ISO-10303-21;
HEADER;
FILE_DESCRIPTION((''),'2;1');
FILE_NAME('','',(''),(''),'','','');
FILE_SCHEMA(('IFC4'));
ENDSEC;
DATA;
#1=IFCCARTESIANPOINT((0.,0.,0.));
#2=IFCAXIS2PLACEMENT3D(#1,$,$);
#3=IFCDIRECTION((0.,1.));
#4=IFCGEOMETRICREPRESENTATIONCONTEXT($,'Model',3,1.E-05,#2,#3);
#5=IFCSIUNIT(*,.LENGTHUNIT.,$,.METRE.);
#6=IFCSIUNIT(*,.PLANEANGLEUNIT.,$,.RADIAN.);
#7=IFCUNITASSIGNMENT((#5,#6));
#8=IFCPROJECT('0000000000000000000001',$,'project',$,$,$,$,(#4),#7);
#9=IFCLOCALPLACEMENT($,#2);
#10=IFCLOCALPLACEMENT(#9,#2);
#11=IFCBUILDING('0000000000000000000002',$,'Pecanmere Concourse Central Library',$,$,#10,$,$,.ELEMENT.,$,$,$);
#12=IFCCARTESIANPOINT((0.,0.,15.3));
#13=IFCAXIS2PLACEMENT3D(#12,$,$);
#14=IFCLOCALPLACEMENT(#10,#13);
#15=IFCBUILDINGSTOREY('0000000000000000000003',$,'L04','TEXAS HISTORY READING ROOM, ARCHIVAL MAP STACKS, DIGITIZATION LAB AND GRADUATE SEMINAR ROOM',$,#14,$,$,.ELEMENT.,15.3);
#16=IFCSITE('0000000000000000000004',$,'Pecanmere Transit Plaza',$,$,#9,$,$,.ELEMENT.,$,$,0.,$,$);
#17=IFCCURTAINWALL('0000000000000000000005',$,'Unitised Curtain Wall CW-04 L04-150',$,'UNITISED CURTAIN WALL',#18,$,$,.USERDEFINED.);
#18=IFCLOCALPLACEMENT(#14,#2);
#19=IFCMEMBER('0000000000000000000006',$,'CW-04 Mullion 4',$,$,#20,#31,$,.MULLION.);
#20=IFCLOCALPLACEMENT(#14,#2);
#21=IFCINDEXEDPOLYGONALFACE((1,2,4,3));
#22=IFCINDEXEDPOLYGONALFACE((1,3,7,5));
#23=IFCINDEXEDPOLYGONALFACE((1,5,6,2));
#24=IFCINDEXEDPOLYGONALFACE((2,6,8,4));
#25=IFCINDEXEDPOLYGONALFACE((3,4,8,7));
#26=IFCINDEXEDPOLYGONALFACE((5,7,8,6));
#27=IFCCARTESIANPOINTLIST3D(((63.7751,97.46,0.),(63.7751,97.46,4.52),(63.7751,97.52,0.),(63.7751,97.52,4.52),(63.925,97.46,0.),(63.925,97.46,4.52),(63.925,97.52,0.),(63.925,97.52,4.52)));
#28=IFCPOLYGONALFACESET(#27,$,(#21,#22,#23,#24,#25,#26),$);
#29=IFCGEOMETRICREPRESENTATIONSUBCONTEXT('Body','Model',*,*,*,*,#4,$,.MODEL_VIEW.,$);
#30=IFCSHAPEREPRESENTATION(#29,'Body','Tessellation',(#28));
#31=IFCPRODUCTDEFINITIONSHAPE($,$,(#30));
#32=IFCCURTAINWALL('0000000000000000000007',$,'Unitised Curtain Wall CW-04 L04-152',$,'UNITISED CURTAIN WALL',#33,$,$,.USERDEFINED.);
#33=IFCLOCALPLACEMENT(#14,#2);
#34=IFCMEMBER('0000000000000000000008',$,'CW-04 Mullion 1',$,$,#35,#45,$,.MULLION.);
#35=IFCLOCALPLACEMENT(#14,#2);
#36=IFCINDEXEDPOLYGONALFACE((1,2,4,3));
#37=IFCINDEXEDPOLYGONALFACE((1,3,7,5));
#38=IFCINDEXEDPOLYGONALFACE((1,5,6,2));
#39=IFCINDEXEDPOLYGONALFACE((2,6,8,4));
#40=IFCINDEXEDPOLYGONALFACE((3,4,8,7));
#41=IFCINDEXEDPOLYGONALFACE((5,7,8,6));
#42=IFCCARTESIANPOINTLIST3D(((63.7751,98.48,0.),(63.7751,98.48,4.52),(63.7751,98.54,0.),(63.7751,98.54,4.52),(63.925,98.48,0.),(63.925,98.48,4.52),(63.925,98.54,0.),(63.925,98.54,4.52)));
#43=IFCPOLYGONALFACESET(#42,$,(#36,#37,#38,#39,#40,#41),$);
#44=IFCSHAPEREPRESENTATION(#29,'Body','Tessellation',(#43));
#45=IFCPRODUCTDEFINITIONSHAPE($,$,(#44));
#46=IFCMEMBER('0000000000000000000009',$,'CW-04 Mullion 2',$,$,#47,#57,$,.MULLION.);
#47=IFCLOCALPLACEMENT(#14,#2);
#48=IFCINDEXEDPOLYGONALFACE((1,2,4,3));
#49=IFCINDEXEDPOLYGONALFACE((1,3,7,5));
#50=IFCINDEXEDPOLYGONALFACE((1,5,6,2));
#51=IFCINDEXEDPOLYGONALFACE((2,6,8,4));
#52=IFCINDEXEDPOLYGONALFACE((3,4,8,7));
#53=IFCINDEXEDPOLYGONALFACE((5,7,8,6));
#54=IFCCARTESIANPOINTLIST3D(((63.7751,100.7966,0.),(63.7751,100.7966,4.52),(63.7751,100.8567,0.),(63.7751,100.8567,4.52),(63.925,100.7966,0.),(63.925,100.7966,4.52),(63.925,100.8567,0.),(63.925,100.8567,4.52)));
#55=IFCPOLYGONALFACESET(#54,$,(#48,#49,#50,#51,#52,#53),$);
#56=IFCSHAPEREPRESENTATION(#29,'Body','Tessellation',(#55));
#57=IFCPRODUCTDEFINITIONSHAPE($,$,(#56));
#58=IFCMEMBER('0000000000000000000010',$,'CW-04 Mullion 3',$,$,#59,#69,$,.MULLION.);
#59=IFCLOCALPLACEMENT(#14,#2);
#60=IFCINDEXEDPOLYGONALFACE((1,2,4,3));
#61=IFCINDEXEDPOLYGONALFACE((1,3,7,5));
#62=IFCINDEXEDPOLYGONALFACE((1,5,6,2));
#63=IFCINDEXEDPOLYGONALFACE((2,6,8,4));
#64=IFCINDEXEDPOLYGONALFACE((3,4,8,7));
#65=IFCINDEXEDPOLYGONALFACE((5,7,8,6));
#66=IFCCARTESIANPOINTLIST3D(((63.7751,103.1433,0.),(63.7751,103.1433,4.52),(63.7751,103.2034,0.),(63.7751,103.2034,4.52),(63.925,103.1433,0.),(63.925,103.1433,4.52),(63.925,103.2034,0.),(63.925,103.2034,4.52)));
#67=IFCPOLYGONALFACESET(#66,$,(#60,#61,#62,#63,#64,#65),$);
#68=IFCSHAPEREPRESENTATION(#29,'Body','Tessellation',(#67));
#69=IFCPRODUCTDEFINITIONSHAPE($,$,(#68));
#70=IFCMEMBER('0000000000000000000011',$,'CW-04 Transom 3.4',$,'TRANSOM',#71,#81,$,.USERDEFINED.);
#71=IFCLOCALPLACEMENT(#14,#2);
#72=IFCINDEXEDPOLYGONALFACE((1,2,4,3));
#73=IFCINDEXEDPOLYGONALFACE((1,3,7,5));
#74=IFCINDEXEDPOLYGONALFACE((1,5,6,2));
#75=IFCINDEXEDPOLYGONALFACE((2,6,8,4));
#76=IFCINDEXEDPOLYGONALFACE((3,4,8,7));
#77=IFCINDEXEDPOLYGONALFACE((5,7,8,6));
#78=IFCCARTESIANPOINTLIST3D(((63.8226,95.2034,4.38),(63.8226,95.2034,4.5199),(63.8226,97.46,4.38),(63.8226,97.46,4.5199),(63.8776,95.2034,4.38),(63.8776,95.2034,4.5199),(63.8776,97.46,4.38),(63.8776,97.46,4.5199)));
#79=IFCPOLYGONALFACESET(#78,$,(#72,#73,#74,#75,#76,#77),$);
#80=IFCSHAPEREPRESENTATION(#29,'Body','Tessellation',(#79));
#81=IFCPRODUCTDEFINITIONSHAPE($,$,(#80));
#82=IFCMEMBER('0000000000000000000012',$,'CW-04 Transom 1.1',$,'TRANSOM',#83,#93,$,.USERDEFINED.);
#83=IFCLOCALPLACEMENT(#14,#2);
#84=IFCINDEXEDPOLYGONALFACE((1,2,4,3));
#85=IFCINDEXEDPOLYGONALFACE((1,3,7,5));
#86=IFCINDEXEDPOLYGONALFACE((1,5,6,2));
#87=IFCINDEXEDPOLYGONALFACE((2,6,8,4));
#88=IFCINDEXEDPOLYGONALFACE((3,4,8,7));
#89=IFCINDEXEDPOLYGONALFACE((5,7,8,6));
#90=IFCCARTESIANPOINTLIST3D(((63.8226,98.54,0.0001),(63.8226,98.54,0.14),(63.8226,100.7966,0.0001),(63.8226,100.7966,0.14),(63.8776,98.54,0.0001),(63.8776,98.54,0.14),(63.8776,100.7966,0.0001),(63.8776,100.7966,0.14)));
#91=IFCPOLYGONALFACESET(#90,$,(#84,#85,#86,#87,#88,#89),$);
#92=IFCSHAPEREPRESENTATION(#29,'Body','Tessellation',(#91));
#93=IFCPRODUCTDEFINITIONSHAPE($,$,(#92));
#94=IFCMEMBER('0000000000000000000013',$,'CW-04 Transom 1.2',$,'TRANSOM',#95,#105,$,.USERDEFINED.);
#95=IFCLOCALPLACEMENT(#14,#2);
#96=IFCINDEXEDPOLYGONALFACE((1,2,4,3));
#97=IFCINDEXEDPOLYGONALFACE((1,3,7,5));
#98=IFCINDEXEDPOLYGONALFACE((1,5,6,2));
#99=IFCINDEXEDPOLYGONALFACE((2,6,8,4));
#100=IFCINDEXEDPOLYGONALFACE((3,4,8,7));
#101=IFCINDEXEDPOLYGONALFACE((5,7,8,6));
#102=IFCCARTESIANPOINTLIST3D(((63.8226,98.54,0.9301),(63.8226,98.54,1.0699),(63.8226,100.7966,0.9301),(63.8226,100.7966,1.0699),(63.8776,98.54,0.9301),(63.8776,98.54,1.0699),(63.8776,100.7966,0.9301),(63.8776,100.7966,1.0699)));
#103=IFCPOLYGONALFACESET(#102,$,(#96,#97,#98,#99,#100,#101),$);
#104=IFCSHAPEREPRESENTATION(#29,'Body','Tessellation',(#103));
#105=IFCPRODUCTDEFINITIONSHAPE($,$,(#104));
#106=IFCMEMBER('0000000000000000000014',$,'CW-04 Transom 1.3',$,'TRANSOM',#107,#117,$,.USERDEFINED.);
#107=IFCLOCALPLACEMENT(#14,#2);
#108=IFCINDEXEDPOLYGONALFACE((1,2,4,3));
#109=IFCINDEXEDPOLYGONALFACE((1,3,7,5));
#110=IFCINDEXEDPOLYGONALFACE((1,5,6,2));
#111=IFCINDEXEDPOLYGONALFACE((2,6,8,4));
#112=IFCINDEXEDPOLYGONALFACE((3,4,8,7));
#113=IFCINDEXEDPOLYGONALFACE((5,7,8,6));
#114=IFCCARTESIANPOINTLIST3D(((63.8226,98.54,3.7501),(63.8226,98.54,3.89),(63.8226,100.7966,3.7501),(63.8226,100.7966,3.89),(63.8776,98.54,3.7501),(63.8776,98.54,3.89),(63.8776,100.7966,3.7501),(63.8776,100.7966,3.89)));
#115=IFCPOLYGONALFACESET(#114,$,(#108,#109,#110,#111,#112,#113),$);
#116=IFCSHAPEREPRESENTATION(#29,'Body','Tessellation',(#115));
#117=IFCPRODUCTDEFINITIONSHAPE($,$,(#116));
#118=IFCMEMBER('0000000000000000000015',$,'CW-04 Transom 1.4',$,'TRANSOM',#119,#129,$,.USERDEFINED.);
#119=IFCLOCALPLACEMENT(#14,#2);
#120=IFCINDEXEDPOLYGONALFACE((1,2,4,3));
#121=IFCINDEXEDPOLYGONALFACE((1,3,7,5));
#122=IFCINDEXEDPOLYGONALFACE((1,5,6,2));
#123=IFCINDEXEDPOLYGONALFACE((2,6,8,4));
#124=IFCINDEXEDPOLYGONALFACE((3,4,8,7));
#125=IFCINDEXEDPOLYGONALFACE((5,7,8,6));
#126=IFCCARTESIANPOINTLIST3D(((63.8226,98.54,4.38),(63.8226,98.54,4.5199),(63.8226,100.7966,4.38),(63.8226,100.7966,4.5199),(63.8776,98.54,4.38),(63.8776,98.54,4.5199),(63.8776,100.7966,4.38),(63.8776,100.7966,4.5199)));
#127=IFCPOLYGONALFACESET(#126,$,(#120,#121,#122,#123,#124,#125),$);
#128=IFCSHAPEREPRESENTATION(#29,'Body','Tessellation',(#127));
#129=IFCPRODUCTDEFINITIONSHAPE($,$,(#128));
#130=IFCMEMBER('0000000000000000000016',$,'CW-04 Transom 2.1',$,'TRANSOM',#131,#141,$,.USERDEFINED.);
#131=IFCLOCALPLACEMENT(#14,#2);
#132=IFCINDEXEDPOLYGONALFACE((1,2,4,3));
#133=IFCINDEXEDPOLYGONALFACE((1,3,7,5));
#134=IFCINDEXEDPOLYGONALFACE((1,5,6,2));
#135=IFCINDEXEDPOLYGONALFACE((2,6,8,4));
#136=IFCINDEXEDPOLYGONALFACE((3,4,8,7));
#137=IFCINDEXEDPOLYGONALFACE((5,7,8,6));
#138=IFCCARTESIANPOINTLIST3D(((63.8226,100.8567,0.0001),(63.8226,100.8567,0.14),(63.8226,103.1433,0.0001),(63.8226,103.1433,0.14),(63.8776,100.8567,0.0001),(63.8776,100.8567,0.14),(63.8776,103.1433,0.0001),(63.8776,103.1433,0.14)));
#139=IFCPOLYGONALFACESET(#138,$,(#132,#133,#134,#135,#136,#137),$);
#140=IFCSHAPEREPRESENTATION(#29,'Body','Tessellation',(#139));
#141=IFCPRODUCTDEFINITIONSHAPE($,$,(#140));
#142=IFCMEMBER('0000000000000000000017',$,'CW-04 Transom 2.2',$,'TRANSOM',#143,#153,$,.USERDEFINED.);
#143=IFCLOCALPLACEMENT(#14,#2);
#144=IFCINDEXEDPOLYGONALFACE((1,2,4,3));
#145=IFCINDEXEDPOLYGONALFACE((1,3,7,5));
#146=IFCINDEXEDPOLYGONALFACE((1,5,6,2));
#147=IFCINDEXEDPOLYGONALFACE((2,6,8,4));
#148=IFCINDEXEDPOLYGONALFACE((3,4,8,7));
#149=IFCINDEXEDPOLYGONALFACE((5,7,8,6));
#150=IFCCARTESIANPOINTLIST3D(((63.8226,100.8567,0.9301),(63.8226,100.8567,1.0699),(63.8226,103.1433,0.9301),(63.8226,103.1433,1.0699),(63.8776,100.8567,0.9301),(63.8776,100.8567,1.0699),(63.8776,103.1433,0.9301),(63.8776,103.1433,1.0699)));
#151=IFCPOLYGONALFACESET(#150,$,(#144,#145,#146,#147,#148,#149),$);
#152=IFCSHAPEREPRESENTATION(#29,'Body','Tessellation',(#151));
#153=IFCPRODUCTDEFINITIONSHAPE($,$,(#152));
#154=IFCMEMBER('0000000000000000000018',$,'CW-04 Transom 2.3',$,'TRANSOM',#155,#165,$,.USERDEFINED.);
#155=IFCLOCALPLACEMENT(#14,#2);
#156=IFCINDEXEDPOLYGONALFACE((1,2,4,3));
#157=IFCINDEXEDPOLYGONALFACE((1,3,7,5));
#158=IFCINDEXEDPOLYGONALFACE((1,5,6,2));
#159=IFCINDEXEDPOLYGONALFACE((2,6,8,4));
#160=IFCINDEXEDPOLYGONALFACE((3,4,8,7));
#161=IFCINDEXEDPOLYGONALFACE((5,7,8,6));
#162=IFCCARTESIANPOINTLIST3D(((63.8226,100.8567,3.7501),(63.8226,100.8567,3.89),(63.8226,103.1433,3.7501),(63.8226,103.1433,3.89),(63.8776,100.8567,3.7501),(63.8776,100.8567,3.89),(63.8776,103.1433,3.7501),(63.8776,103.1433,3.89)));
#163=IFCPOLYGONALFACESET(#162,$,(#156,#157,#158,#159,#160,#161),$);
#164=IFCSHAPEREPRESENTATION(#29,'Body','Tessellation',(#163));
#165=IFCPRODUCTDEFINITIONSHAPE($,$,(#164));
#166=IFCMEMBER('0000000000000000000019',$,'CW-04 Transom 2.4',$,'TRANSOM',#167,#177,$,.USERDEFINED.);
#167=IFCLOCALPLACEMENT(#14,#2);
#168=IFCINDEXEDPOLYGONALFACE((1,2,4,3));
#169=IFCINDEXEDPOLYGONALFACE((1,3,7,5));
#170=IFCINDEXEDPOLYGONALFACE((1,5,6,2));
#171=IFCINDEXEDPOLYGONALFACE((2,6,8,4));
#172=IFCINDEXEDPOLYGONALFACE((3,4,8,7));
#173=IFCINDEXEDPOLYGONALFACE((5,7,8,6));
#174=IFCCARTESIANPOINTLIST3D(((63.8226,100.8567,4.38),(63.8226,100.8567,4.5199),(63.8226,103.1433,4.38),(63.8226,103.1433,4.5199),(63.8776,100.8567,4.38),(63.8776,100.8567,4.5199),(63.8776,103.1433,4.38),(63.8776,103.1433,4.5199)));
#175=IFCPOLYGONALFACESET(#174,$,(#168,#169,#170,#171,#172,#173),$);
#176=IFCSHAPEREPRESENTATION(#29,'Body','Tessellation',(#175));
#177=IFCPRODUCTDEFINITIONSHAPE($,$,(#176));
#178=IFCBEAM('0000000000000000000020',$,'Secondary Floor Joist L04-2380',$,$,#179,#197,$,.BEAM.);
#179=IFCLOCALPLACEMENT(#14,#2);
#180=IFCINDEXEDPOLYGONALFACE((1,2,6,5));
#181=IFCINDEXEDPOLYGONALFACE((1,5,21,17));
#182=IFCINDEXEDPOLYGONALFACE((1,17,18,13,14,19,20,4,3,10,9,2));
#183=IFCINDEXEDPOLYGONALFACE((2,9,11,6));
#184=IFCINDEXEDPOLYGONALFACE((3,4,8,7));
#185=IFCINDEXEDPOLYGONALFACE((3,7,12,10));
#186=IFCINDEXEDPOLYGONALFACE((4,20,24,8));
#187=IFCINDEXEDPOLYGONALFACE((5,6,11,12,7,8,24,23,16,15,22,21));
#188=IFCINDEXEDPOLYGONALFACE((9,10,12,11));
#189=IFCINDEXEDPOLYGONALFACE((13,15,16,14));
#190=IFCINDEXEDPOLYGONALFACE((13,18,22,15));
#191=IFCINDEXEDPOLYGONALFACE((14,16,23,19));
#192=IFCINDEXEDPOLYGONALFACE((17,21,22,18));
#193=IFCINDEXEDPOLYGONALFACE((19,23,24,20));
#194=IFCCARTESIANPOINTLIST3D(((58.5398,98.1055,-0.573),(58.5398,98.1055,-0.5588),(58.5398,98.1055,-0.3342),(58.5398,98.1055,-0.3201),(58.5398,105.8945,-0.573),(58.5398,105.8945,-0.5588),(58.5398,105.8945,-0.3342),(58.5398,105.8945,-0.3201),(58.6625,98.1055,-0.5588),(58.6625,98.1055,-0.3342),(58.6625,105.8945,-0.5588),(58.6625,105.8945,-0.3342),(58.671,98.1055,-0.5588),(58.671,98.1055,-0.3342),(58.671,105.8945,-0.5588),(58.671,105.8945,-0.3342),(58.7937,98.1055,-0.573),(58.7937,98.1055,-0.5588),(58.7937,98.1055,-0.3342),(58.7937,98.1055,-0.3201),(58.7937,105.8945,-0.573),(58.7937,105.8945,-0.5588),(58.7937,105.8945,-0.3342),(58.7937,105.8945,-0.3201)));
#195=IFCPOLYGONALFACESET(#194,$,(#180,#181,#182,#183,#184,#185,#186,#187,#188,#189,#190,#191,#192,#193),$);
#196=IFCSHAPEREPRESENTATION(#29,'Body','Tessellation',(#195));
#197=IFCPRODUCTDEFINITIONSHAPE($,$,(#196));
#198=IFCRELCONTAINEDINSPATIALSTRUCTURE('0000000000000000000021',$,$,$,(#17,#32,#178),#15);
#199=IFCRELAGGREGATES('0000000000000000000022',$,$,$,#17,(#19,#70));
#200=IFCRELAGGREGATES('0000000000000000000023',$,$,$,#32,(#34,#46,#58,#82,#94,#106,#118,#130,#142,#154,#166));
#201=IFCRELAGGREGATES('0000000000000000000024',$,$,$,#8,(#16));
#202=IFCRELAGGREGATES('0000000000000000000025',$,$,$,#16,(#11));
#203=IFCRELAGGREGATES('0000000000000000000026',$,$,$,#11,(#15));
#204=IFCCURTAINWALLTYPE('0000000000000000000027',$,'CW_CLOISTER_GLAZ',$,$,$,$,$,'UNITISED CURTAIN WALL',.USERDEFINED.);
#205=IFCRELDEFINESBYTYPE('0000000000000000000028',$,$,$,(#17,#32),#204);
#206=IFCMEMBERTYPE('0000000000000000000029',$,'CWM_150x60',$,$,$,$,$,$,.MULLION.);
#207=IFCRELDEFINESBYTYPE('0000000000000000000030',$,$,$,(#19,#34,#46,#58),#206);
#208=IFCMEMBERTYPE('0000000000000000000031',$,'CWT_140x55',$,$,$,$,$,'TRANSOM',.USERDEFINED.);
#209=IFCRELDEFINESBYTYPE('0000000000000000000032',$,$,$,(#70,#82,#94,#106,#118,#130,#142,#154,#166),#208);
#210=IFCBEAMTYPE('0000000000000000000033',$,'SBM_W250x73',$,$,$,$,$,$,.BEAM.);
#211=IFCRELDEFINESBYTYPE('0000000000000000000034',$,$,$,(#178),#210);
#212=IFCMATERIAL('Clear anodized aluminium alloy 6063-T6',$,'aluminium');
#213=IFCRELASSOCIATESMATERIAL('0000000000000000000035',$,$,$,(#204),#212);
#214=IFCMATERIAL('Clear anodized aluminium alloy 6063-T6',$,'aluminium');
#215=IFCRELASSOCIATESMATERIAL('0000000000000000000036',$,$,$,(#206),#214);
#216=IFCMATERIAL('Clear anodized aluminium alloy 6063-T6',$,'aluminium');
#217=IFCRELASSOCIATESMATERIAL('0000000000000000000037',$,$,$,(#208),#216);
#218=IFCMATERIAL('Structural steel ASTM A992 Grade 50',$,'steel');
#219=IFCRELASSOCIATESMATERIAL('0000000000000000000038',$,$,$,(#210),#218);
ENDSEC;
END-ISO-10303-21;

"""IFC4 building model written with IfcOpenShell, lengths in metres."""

from ifc_helpers import new_model, si_unit, direction, frame, origin, origin_2d, place, context, subcontext, project, spatial, rectangle, i_section, extrude, material, material_profile, profile_set, type_object, element, aggregate, save


model = new_model("IFC4")

# Units and contexts
model_context = context("Model", 3, precision=1e-05, world=origin(), true_north=direction((0.0, 1.0)))
body_context = subcontext(model_context, "Body", "Model", "MODEL_VIEW")
ifc_project = project(units=[si_unit("LENGTHUNIT", "METRE"), si_unit("PLANEANGLEUNIT", "RADIAN")], contexts=[model_context])

# Site, building, storey
site_placement = place(None, origin())
site = spatial("IfcSite", under=ifc_project, at=site_placement, Name="Pecanmere Transit Plaza", CompositionType="ELEMENT", RefElevation=0.0)
building_placement = place(site_placement, origin())
building = spatial("IfcBuilding", under=site, at=building_placement, Name="Pecanmere Concourse Central Library", CompositionType="ELEMENT")
storey_placement = place(building_placement, frame((0.0, 0.0, 15.3)))
storey = spatial("IfcBuildingStorey", under=building, at=storey_placement, Name="L04", Description="TEXAS HISTORY READING ROOM, ARCHIVAL MAP STACKS, DIGITIZATION LAB AND GRADUATE SEMINAR ROOM", CompositionType="ELEMENT", Elevation=15.3)

# Curtain wall, member
ifc_material_1 = material(Name="Clear anodized aluminium alloy 6063-T6", Category="aluminium")
curtain_wall_type = type_object("IfcCurtainWallType", Name="CW_CLOISTER_GLAZ", ElementType="UNITISED CURTAIN WALL", PredefinedType="USERDEFINED", material=ifc_material_1)
curtain_wall_1_placement = place(storey_placement, origin())
curtain_wall_1 = element("IfcCurtainWall", 1, at=curtain_wall_1_placement, inside=storey, type_object=curtain_wall_type, Name="Unitised Curtain Wall CW-04 L04-150", ObjectType="UNITISED CURTAIN WALL", PredefinedType="USERDEFINED")
ifc_material_2 = material(Name="Clear anodized aluminium alloy 6063-T6", Category="aluminium")
ifc_material_profile_1 = material_profile(ifc_material_2, rectangle(XDim=0.0601, YDim=0.1499, at=origin_2d()), Name="AL 60x150")
ifc_profile_set_1 = profile_set([ifc_material_profile_1], Name="Clear anodized aluminium alloy 6063-T6")
member_type_1 = type_object("IfcMemberType", Name="CWM_150x60", PredefinedType="MULLION", material=ifc_profile_set_1)
member_1_placement = place(storey_placement, frame((63.8501, 97.49, 0.0), z_axis=(0.0, 0.0, 1.0), x_axis=(0.0, 1.0, 0.0)))
member_1 = element("IfcMember", 2, at=member_1_placement, type_object=member_type_1, Name="CW-04 Mullion 4", PredefinedType="MULLION", context=body_context, shape_type="SweptSolid", body=[
    extrude(rectangle(XDim=0.0601, YDim=0.1499, at=origin_2d()), origin(), (0.0, 0.0, 1.0), 4.52),
])

# Curtain wall, members
curtain_wall_2_placement = place(storey_placement, origin())
curtain_wall_2 = element("IfcCurtainWall", 3, at=curtain_wall_2_placement, inside=storey, type_object=curtain_wall_type, Name="Unitised Curtain Wall CW-04 L04-152", ObjectType="UNITISED CURTAIN WALL", PredefinedType="USERDEFINED")
member_2_placement = place(storey_placement, frame((63.8501, 98.51, 0.0), z_axis=(0.0, 0.0, 1.0), x_axis=(0.0, 1.0, 0.0)))
member_2 = element("IfcMember", 4, at=member_2_placement, type_object=member_type_1, Name="CW-04 Mullion 1", PredefinedType="MULLION", context=body_context, shape_type="SweptSolid", body=[
    extrude(rectangle(XDim=0.0601, YDim=0.1499, at=origin_2d()), origin(), (0.0, 0.0, 1.0), 4.52),
])
member_3_placement = place(storey_placement, frame((63.8501, 100.8267, 0.0), z_axis=(0.0, 0.0, 1.0), x_axis=(0.0, 1.0, 0.0)))
member_3 = element("IfcMember", 5, at=member_3_placement, type_object=member_type_1, Name="CW-04 Mullion 2", PredefinedType="MULLION", context=body_context, shape_type="SweptSolid", body=[
    extrude(rectangle(XDim=0.0601, YDim=0.1499, at=origin_2d()), origin(), (0.0, 0.0, 1.0), 4.52),
])
member_4_placement = place(storey_placement, frame((63.8501, 103.1733, 0.0), z_axis=(0.0, 0.0, 1.0), x_axis=(0.0, 1.0, 0.0)))
member_4 = element("IfcMember", 6, at=member_4_placement, type_object=member_type_1, Name="CW-04 Mullion 3", PredefinedType="MULLION", context=body_context, shape_type="SweptSolid", body=[
    extrude(rectangle(XDim=0.0601, YDim=0.1499, at=origin_2d()), origin(), (0.0, 0.0, 1.0), 4.52),
])

# Members
ifc_material_3 = material(Name="Clear anodized aluminium alloy 6063-T6", Category="aluminium")
ifc_material_profile_2 = material_profile(ifc_material_3, rectangle(XDim=0.0549, YDim=0.1399, at=origin_2d()), Name="AL 55x140")
ifc_profile_set_2 = profile_set([ifc_material_profile_2], Name="Clear anodized aluminium alloy 6063-T6")
member_type_2 = type_object("IfcMemberType", Name="CWT_140x55", ElementType="TRANSOM", PredefinedType="USERDEFINED", material=ifc_profile_set_2)
member_5_placement = place(storey_placement, frame((63.8501, 95.2034, 4.45), z_axis=(0.0, 1.0, 0.0), x_axis=(-1.0, 0.0, 0.0)))
member_5 = element("IfcMember", 7, at=member_5_placement, type_object=member_type_2, Name="CW-04 Transom 3.4", ObjectType="TRANSOM", PredefinedType="USERDEFINED", context=body_context, shape_type="SweptSolid", body=[
    extrude(rectangle(XDim=0.0549, YDim=0.1399, at=origin_2d()), origin(), (0.0, 0.0, 1.0), 2.2566),
])
member_6_placement = place(storey_placement, frame((63.8501, 98.54, 0.0701), z_axis=(0.0, 1.0, 0.0), x_axis=(-1.0, 0.0, 0.0)))
member_6 = element("IfcMember", 8, at=member_6_placement, type_object=member_type_2, Name="CW-04 Transom 1.1", ObjectType="TRANSOM", PredefinedType="USERDEFINED", context=body_context, shape_type="SweptSolid", body=[
    extrude(rectangle(XDim=0.0549, YDim=0.1399, at=origin_2d()), origin(), (0.0, 0.0, 1.0), 2.2566),
])
member_7_placement = place(storey_placement, frame((63.8501, 98.54, 1.0), z_axis=(0.0, 1.0, 0.0), x_axis=(-1.0, 0.0, 0.0)))
member_7 = element("IfcMember", 9, at=member_7_placement, type_object=member_type_2, Name="CW-04 Transom 1.2", ObjectType="TRANSOM", PredefinedType="USERDEFINED", context=body_context, shape_type="SweptSolid", body=[
    extrude(rectangle(XDim=0.0549, YDim=0.1399, at=origin_2d()), origin(), (0.0, 0.0, 1.0), 2.2566),
])
member_8_placement = place(storey_placement, frame((63.8501, 98.54, 3.8201), z_axis=(0.0, 1.0, 0.0), x_axis=(-1.0, 0.0, 0.0)))
member_8 = element("IfcMember", 10, at=member_8_placement, type_object=member_type_2, Name="CW-04 Transom 1.3", ObjectType="TRANSOM", PredefinedType="USERDEFINED", context=body_context, shape_type="SweptSolid", body=[
    extrude(rectangle(XDim=0.0549, YDim=0.1399, at=origin_2d()), origin(), (0.0, 0.0, 1.0), 2.2566),
])
member_9_placement = place(storey_placement, frame((63.8501, 98.54, 4.45), z_axis=(0.0, 1.0, 0.0), x_axis=(-1.0, 0.0, 0.0)))
member_9 = element("IfcMember", 11, at=member_9_placement, type_object=member_type_2, Name="CW-04 Transom 1.4", ObjectType="TRANSOM", PredefinedType="USERDEFINED", context=body_context, shape_type="SweptSolid", body=[
    extrude(rectangle(XDim=0.0549, YDim=0.1399, at=origin_2d()), origin(), (0.0, 0.0, 1.0), 2.2566),
])
member_10_placement = place(storey_placement, frame((63.8501, 100.8567, 0.0701), z_axis=(0.0, 1.0, 0.0), x_axis=(-1.0, 0.0, 0.0)))
member_10 = element("IfcMember", 12, at=member_10_placement, type_object=member_type_2, Name="CW-04 Transom 2.1", ObjectType="TRANSOM", PredefinedType="USERDEFINED", context=body_context, shape_type="SweptSolid", body=[
    extrude(rectangle(XDim=0.0549, YDim=0.1399, at=origin_2d()), origin(), (0.0, 0.0, 1.0), 2.2866),
])
member_11_placement = place(storey_placement, frame((63.8501, 100.8567, 1.0), z_axis=(0.0, 1.0, 0.0), x_axis=(-1.0, 0.0, 0.0)))
member_11 = element("IfcMember", 13, at=member_11_placement, type_object=member_type_2, Name="CW-04 Transom 2.2", ObjectType="TRANSOM", PredefinedType="USERDEFINED", context=body_context, shape_type="SweptSolid", body=[
    extrude(rectangle(XDim=0.0549, YDim=0.1399, at=origin_2d()), origin(), (0.0, 0.0, 1.0), 2.2866),
])
member_12_placement = place(storey_placement, frame((63.8501, 100.8567, 3.8201), z_axis=(0.0, 1.0, 0.0), x_axis=(-1.0, 0.0, 0.0)))
member_12 = element("IfcMember", 14, at=member_12_placement, type_object=member_type_2, Name="CW-04 Transom 2.3", ObjectType="TRANSOM", PredefinedType="USERDEFINED", context=body_context, shape_type="SweptSolid", body=[
    extrude(rectangle(XDim=0.0549, YDim=0.1399, at=origin_2d()), origin(), (0.0, 0.0, 1.0), 2.2866),
])
member_13_placement = place(storey_placement, frame((63.8501, 100.8567, 4.45), z_axis=(0.0, 1.0, 0.0), x_axis=(-1.0, 0.0, 0.0)))
member_13 = element("IfcMember", 15, at=member_13_placement, type_object=member_type_2, Name="CW-04 Transom 2.4", ObjectType="TRANSOM", PredefinedType="USERDEFINED", context=body_context, shape_type="SweptSolid", body=[
    extrude(rectangle(XDim=0.0549, YDim=0.1399, at=origin_2d()), origin(), (0.0, 0.0, 1.0), 2.2866),
])

# Beam
ifc_material_4 = material(Name="Structural steel ASTM A992 Grade 50", Category="steel")
ifc_material_profile_3 = material_profile(ifc_material_4, i_section(OverallWidth=0.2539, OverallDepth=0.2529, WebThickness=0.0085, FlangeThickness=0.0142, at=origin_2d()), Name="W250x73")
ifc_profile_set_3 = profile_set([ifc_material_profile_3], Name="Structural steel ASTM A992 Grade 50")
beam_type_1 = type_object("IfcBeamType", Name="SBM_W250x73", PredefinedType="BEAM", material=ifc_profile_set_3)
beam_1_placement = place(storey_placement, frame((58.6667, 98.1055, -0.4465), z_axis=(0.0, 1.0, 0.0), x_axis=(-1.0, 0.0, 0.0)))
element("IfcBeam", 16, at=beam_1_placement, inside=storey, type_object=beam_type_1, Name="Secondary Floor Joist L04-2380", PredefinedType="BEAM", context=body_context, shape_type="SweptSolid", body=[
    extrude(i_section(OverallWidth=0.2539, OverallDepth=0.2529, WebThickness=0.0085, FlangeThickness=0.0142, at=origin_2d()), origin(), (0.0, 0.0, 1.0), 7.7891),
])

aggregate(curtain_wall_1, [member_1, member_5])
aggregate(curtain_wall_2, [member_2, member_3, member_4, member_6, member_7, member_8, member_9, member_10, member_11, member_12, member_13])

save(model, "model.ifc")
